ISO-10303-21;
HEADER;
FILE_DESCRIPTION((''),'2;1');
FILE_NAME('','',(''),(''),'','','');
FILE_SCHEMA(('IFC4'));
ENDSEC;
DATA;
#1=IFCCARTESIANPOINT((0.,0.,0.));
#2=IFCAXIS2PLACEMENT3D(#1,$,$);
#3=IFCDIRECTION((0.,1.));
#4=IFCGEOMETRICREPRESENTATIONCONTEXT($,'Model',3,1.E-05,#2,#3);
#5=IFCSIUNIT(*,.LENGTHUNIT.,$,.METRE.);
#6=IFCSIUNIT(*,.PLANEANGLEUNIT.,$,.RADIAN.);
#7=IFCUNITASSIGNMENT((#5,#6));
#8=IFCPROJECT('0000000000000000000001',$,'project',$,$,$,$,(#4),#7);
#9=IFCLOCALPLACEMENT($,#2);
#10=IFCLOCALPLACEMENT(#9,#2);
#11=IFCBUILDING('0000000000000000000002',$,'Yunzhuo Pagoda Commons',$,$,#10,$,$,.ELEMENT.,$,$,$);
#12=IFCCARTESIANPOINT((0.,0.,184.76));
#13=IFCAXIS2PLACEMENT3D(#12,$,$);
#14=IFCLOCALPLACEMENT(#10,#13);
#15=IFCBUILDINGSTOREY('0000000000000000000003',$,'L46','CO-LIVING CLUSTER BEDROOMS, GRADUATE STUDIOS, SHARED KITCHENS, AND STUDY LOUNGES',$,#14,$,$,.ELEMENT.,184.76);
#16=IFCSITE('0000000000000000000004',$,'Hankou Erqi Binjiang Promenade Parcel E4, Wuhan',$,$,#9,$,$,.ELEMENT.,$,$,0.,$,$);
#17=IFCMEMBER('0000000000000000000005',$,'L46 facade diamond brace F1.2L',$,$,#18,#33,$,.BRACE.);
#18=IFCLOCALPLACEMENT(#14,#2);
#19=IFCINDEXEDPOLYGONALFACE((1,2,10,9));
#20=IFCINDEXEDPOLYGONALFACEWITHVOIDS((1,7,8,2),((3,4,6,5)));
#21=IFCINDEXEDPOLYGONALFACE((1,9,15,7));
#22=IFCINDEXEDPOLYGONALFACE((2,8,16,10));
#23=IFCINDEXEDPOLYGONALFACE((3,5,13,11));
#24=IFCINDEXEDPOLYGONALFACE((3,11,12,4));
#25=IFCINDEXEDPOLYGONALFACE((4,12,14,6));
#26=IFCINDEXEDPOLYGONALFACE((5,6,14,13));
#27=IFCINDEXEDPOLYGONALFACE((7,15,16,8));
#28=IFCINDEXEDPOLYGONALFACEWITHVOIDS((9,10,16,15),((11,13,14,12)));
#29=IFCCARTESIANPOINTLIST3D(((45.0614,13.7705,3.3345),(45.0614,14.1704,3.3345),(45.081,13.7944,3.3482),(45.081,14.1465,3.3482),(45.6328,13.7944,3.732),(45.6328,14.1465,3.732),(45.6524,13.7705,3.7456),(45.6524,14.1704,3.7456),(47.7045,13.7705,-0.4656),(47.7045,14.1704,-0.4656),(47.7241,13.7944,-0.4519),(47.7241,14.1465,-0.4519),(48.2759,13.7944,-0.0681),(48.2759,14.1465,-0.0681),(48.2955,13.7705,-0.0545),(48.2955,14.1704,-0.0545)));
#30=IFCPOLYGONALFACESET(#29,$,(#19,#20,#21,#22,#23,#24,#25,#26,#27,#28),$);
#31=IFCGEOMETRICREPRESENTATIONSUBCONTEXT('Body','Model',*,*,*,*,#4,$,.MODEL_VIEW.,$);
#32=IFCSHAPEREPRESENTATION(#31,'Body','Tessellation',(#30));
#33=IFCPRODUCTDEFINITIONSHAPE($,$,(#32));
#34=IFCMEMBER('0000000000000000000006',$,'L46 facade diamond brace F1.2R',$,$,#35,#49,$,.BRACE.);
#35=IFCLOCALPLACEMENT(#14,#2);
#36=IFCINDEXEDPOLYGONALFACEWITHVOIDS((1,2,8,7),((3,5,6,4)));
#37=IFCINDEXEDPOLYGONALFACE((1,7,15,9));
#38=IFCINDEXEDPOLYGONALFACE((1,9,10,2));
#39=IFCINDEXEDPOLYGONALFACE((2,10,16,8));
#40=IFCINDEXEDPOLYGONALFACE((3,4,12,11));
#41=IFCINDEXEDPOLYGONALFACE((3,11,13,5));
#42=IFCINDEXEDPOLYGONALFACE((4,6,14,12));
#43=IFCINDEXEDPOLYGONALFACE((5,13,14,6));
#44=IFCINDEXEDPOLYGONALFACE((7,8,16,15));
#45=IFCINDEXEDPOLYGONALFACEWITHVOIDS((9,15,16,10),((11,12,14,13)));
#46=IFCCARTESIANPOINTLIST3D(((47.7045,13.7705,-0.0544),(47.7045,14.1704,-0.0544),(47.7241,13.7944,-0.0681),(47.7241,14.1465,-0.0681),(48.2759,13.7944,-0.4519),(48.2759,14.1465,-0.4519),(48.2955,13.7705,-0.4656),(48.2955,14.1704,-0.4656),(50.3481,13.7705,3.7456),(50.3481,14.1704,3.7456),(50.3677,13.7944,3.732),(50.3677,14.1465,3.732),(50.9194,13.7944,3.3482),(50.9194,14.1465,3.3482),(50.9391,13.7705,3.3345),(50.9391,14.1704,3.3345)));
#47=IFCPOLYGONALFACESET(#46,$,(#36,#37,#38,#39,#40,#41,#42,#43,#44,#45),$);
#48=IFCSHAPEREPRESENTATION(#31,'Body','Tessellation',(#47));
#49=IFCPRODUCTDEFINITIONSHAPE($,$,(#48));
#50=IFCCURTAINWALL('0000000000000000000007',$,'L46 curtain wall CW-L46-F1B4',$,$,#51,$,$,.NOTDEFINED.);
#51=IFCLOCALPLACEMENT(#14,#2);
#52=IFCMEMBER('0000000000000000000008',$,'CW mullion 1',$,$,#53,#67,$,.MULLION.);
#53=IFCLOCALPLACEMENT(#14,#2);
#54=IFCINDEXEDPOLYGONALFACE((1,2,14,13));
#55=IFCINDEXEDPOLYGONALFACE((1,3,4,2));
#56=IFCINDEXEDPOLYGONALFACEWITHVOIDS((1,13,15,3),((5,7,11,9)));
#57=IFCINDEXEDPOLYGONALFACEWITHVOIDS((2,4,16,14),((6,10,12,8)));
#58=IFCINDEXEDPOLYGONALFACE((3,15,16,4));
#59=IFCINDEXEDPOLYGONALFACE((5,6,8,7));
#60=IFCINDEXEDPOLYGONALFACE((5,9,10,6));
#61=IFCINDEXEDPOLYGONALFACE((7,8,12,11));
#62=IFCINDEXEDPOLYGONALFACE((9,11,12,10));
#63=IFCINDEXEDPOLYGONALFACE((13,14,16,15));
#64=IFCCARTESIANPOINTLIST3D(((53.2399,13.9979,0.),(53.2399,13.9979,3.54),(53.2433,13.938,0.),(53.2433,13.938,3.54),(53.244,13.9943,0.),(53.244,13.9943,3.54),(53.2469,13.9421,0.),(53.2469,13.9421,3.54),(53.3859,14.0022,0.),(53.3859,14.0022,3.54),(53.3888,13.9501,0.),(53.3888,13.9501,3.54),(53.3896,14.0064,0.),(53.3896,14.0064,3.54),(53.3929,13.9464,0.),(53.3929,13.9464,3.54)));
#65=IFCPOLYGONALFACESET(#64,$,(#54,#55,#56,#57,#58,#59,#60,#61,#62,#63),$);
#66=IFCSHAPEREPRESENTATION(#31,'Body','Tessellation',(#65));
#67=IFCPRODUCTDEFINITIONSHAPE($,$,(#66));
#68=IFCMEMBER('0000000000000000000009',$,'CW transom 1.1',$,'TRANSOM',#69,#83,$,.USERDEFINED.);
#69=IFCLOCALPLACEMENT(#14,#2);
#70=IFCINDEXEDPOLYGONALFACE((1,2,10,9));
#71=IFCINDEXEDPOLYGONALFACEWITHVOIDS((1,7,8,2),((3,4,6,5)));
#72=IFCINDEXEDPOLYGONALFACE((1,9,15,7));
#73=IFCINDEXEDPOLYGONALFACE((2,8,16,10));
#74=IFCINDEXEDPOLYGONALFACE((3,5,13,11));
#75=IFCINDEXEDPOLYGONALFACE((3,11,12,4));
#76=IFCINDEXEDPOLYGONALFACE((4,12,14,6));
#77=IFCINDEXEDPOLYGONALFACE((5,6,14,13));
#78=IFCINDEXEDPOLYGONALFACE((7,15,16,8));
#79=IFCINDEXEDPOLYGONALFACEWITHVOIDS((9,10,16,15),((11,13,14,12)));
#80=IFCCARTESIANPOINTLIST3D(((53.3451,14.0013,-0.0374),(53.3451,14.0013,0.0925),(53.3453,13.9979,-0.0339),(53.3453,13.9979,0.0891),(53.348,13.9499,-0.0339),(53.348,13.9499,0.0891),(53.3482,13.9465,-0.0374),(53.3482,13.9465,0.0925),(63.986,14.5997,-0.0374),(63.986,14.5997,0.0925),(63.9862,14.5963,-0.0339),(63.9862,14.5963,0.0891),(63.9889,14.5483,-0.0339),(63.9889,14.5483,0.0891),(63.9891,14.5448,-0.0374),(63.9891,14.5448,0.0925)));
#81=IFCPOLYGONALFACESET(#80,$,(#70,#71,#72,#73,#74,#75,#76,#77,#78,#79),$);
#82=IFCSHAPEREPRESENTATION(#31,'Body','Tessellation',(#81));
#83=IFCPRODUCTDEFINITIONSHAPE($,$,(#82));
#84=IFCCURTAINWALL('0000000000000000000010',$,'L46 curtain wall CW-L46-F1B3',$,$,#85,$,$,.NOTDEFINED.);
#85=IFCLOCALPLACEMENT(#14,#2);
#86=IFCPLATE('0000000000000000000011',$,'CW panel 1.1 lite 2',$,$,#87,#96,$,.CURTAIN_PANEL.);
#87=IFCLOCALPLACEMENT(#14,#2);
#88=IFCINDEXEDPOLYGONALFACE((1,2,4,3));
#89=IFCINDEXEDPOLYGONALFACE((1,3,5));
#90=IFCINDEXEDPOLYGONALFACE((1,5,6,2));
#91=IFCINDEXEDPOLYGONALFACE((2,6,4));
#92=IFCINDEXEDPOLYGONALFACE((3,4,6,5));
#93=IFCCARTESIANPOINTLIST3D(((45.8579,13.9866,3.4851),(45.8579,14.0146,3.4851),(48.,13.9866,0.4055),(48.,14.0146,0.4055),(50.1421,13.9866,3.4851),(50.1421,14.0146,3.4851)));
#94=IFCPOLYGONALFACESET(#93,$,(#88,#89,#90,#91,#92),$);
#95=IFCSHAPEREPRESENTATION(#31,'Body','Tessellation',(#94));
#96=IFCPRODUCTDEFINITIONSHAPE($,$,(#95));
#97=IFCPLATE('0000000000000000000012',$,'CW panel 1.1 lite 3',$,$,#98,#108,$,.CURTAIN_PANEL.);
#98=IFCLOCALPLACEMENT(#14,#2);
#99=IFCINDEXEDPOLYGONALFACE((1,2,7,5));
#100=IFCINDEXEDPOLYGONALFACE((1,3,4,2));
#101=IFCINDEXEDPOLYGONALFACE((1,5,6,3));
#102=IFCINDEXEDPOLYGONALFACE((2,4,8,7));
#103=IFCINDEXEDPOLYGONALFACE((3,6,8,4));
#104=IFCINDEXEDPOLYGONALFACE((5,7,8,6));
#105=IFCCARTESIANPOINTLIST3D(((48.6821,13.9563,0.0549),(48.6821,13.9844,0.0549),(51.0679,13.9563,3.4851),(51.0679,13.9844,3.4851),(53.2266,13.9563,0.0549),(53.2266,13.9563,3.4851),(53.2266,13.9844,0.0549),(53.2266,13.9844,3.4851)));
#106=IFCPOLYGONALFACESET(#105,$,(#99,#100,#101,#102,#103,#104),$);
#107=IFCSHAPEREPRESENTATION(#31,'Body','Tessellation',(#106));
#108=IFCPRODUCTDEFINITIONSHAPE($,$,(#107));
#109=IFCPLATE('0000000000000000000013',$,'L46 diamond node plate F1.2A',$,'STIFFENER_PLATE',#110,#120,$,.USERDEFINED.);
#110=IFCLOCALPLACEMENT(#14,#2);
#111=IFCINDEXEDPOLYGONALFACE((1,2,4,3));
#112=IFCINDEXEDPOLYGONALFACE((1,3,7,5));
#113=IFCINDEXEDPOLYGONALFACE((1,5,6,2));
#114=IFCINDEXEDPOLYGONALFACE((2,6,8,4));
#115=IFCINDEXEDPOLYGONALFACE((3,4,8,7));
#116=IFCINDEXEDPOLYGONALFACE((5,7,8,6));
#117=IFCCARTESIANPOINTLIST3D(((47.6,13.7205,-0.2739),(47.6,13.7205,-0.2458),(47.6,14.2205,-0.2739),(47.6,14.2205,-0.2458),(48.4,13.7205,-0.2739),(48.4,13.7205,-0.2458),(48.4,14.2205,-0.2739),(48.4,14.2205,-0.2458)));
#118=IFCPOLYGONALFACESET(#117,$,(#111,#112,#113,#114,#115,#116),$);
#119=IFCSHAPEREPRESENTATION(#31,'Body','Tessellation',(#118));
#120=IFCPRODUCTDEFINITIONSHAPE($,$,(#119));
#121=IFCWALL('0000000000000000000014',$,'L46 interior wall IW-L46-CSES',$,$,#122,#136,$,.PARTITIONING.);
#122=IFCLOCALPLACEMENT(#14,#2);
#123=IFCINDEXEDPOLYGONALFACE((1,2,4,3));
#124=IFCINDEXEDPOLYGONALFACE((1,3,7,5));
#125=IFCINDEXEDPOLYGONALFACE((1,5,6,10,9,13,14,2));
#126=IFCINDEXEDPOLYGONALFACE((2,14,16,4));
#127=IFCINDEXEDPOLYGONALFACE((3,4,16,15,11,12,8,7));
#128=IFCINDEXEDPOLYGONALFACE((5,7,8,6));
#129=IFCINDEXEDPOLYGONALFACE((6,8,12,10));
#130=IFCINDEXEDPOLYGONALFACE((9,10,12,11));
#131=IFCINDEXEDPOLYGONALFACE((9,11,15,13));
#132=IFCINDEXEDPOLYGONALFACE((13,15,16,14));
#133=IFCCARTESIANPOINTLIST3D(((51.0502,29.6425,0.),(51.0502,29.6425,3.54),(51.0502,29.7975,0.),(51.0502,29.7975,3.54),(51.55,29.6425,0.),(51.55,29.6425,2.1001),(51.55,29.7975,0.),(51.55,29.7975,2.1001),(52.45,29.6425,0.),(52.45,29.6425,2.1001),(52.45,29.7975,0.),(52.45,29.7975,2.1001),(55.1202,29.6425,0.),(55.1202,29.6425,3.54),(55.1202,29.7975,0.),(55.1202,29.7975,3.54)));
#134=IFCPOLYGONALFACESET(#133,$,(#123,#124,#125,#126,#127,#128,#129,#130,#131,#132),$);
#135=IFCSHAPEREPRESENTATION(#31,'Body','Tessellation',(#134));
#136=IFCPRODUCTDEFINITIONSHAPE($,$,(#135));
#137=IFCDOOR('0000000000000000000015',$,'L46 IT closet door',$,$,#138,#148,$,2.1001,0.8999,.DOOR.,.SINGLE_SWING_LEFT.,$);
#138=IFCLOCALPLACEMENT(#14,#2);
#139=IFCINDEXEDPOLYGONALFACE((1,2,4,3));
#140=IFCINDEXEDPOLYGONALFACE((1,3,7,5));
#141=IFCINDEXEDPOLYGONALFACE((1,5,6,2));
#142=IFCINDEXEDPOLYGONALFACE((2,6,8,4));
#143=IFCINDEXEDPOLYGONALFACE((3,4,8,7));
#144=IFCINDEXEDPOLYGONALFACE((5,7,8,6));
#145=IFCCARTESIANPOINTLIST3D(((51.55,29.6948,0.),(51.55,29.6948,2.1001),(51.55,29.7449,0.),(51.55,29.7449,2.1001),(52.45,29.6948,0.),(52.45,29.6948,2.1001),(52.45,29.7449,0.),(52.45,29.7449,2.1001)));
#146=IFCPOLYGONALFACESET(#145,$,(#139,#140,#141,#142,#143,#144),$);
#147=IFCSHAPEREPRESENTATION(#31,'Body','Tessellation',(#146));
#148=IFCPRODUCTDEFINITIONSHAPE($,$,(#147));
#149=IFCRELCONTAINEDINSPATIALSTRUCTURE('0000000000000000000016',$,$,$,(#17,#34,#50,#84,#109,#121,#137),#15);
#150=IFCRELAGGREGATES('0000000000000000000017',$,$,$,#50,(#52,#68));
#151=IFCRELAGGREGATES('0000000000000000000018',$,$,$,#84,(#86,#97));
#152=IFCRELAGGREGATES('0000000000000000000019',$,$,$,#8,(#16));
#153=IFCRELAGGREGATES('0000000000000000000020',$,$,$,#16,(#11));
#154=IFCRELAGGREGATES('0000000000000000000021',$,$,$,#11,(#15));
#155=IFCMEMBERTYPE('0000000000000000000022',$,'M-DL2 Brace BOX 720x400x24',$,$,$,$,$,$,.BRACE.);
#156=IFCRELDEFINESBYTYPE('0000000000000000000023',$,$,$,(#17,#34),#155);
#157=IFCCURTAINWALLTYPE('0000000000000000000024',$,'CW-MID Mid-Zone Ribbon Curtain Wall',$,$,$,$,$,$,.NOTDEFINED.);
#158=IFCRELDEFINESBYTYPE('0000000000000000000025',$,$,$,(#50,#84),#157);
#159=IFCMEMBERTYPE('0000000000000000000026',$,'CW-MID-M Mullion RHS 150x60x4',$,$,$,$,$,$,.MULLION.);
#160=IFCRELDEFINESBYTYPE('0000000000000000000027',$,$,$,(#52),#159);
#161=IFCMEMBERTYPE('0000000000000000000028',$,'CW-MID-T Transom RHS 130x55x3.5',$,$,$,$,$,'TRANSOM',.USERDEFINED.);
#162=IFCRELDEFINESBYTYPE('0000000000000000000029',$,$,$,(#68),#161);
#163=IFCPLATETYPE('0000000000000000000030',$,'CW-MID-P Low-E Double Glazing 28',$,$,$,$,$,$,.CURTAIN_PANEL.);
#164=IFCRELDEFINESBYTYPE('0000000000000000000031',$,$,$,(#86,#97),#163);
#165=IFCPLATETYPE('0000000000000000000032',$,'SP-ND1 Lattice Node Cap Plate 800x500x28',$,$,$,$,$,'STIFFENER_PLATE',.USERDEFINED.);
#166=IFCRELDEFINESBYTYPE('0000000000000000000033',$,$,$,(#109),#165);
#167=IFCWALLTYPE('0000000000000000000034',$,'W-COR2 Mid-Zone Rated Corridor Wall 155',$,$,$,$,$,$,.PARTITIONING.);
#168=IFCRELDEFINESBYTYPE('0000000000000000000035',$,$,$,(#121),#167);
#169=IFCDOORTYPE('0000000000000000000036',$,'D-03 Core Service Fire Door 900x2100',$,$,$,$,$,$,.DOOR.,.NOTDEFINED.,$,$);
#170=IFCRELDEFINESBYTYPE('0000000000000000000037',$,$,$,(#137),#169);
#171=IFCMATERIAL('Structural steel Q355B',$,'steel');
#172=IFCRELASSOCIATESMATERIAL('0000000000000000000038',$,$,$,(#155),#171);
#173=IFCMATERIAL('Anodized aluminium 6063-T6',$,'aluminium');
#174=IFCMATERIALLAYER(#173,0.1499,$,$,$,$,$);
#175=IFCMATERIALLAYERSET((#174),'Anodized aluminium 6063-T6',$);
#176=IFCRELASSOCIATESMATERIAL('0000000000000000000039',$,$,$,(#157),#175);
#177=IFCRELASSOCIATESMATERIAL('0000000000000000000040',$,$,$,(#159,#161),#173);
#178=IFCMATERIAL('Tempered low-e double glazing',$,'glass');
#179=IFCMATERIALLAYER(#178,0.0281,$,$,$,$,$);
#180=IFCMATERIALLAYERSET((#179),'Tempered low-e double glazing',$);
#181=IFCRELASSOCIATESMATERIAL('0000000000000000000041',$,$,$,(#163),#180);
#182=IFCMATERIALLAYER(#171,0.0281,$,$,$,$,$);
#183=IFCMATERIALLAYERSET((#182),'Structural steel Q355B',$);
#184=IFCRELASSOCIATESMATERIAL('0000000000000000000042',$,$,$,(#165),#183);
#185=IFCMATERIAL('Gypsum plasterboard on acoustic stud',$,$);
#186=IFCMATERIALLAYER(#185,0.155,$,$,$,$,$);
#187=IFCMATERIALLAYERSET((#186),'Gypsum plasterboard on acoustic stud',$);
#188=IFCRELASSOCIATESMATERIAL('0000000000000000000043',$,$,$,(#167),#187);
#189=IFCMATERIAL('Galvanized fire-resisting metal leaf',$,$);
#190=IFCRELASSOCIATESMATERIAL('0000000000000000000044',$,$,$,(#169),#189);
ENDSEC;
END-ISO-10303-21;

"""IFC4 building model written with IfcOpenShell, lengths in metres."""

from ifc_helpers import new_model, si_unit, direction, frame, frame_2d, origin, origin_with_axes, origin_2d, place, context, subcontext, project, spatial, polyline, rectangle, hollow_rectangle, outline, extrude, source, transform, mapped, material, layer, layer_set, material_profile, profile_set, type_object, element, fill, aggregate, save


model = new_model("IFC4")

# Units and contexts
model_context = context("Model", 3, precision=1e-05, world=origin(), true_north=direction((0.0, 1.0)))
body_context = subcontext(model_context, "Body", "Model", "MODEL_VIEW")
ifc_project = project(units=[si_unit("LENGTHUNIT", "METRE"), si_unit("PLANEANGLEUNIT", "RADIAN")], contexts=[model_context])

# Site, building, storey
site_placement = place(None, origin())
site = spatial("IfcSite", under=ifc_project, at=site_placement, Name="Hankou Erqi Binjiang Promenade Parcel E4, Wuhan", CompositionType="ELEMENT", RefElevation=0.0)
building_placement = place(site_placement, origin())
building = spatial("IfcBuilding", under=site, at=building_placement, Name="Yunzhuo Pagoda Commons", CompositionType="ELEMENT")
storey_placement = place(building_placement, frame((0.0, 0.0, 184.76)))
storey = spatial("IfcBuildingStorey", under=building, at=storey_placement, Name="L46", Description="CO-LIVING CLUSTER BEDROOMS, GRADUATE STUDIOS, SHARED KITCHENS, AND STUDY LOUNGES", CompositionType="ELEMENT", Elevation=184.76)

# Shared definitions
ifc_material_1 = material(Name="Structural steel Q355B", Category="steel")

# Members
ifc_material_profile_1 = material_profile(ifc_material_1, hollow_rectangle(XDim=0.3999, YDim=0.72, WallThickness=0.0239, at=origin_2d()), Name="Structural steel Q355B")
ifc_profile_set_1 = profile_set([ifc_material_profile_1], Name="Structural steel Q355B")
member_type_1 = type_object("IfcMemberType", Name="M-DL2 Brace BOX 720x400x24", PredefinedType="BRACE", material=ifc_profile_set_1)
shared_shape_1 = source(origin(), body_context, "Body", "SweptSolid", [
    extrude(hollow_rectangle(XDim=0.3999, YDim=0.72, WallThickness=0.0239, at=origin_2d()), origin(), (0.0, 0.0, 1.0), 4.6289),
])
member_1_placement = place(storey_placement, frame((48.0, 13.9705, -0.26), z_axis=(-0.571, 0.0, 0.82095), x_axis=(0.0, -1.0, 0.0)))
element("IfcMember", 1, at=member_1_placement, inside=storey, type_object=member_type_1, Name="L46 facade diamond brace F1.2L", PredefinedType="BRACE", context=body_context, shape_type="MappedRepresentation", body=[
    mapped(shared_shape_1, transform((0.0, 0.0, 0.0), scale=1.0)),
])
shared_shape_2 = source(origin(), body_context, "Body", "SweptSolid", [
    extrude(hollow_rectangle(XDim=0.3999, YDim=0.72, WallThickness=0.0239, at=origin_2d()), origin(), (0.0, 0.0, 1.0), 4.6292),
])
member_2_placement = place(storey_placement, frame((48.0, 13.9705, -0.26), z_axis=(0.571071, 0.0, 0.820901), x_axis=(0.0, 1.0, 0.0)))
element("IfcMember", 2, at=member_2_placement, inside=storey, type_object=member_type_1, Name="L46 facade diamond brace F1.2R", PredefinedType="BRACE", context=body_context, shape_type="MappedRepresentation", body=[
    mapped(shared_shape_2, transform((0.0, 0.0, 0.0), scale=1.0)),
])

# Curtain wall, members
ifc_material_2 = material(Name="Anodized aluminium 6063-T6", Category="aluminium")
ifc_layer_1 = layer(ifc_material_2, 0.1499)
ifc_layer_set_1 = layer_set([ifc_layer_1], Name="Anodized aluminium 6063-T6")
curtain_wall_type = type_object("IfcCurtainWallType", Name="CW-MID Mid-Zone Ribbon Curtain Wall", PredefinedType="NOTDEFINED", material=ifc_layer_set_1)
curtain_wall_1_placement = place(storey_placement, origin())
curtain_wall_1 = element("IfcCurtainWall", 3, at=curtain_wall_1_placement, inside=storey, type_object=curtain_wall_type, Name="L46 curtain wall CW-L46-F1B4", PredefinedType="NOTDEFINED")
ifc_material_profile_2 = material_profile(ifc_material_2, hollow_rectangle(XDim=0.0601, YDim=0.1499, WallThickness=0.0039, at=origin_2d()), Name="Anodized aluminium 6063-T6")
ifc_profile_set_2 = profile_set([ifc_material_profile_2], Name="Anodized aluminium 6063-T6")
member_type_2 = type_object("IfcMemberType", Name="CW-MID-M Mullion RHS 150x60x4", PredefinedType="MULLION", material=ifc_profile_set_2)
shared_shape_3 = source(origin(), body_context, "Body", "SweptSolid", [
    extrude(hollow_rectangle(XDim=0.0601, YDim=0.1499, WallThickness=0.0039, at=origin_2d()), origin(), (0.0, 0.0, 1.0), 3.54),
])
member_3_placement = place(storey_placement, frame((53.3164, 13.9722, 0.0), z_axis=(0.0, 0.0, 1.0), x_axis=(-0.056143, 0.998423, 0.0)))
member_3 = element("IfcMember", 4, at=member_3_placement, type_object=member_type_2, Name="CW mullion 1", PredefinedType="MULLION", context=body_context, shape_type="MappedRepresentation", body=[
    mapped(shared_shape_3, transform((0.0, 0.0, 0.0), scale=1.0)),
])
ifc_material_profile_3 = material_profile(ifc_material_2, hollow_rectangle(XDim=0.0549, YDim=0.1299, WallThickness=0.0034, at=origin_2d()), Name="Anodized aluminium 6063-T6")
ifc_profile_set_3 = profile_set([ifc_material_profile_3], Name="Anodized aluminium 6063-T6")
member_type_3 = type_object("IfcMemberType", Name="CW-MID-T Transom RHS 130x55x3.5", ElementType="TRANSOM", PredefinedType="USERDEFINED", material=ifc_profile_set_3)
shared_shape_4 = source(origin(), body_context, "Body", "SweptSolid", [
    extrude(hollow_rectangle(XDim=0.0549, YDim=0.1299, WallThickness=0.0034, at=origin_2d()), origin(), (0.0, 0.0, 1.0), 10.6577),
])
member_4_placement = place(storey_placement, frame((53.3467, 13.9739, 0.0276), z_axis=(0.998423, 0.056146, 0.0), x_axis=(-0.056146, 0.998423, 0.0)))
member_4 = element("IfcMember", 5, at=member_4_placement, type_object=member_type_3, Name="CW transom 1.1", ObjectType="TRANSOM", PredefinedType="USERDEFINED", context=body_context, shape_type="MappedRepresentation", body=[
    mapped(shared_shape_4, transform((0.0, 0.0, 0.0), scale=1.0)),
])
aggregate(curtain_wall_1, [member_3, member_4])

# Curtain wall, plates
curtain_wall_2_placement = place(storey_placement, origin())
curtain_wall_2 = element("IfcCurtainWall", 6, at=curtain_wall_2_placement, inside=storey, type_object=curtain_wall_type, Name="L46 curtain wall CW-L46-F1B3", PredefinedType="NOTDEFINED")
ifc_material_3 = material(Name="Tempered low-e double glazing", Category="glass")
ifc_layer_2 = layer(ifc_material_3, 0.0281)
ifc_layer_set_2 = layer_set([ifc_layer_2], Name="Tempered low-e double glazing")
plate_type_1 = type_object("IfcPlateType", Name="CW-MID-P Low-E Double Glazing 28", PredefinedType="CURTAIN_PANEL", material=ifc_layer_set_2)
plate_1_placement = place(storey_placement, frame((48.0, 14.0146, 1.9453), z_axis=(0.0, -1.0, 0.0), x_axis=(1.0, 0.0, 0.0)))
plate_1 = element("IfcPlate", 7, at=plate_1_placement, type_object=plate_type_1, Name="CW panel 1.1 lite 2", PredefinedType="CURTAIN_PANEL", context=body_context, shape_type="SweptSolid", body=[
    extrude(outline(polyline([(-2.1421, 1.5398), (0.0, -1.5398), (2.1421, 1.5398), (-2.1421, 1.5398)])), origin(), (0.0, 0.0, 1.0), 0.0281),
])
plate_2_placement = place(storey_placement, frame((50.9543, 13.9844, 1.77), z_axis=(0.0, -1.0, 0.0), x_axis=(1.0, 0.0, 0.0)))
plate_2 = element("IfcPlate", 8, at=plate_2_placement, type_object=plate_type_1, Name="CW panel 1.1 lite 3", PredefinedType="CURTAIN_PANEL", context=body_context, shape_type="SweptSolid", body=[
    extrude(outline(polyline([(-2.2722, -1.7151), (2.2722, -1.7151), (2.2722, 1.7151), (0.1135, 1.7151), (-2.2722, -1.7151)])), origin(), (0.0, 0.0, 1.0), 0.0281),
])
aggregate(curtain_wall_2, [plate_1, plate_2])

# Plate
ifc_layer_3 = layer(ifc_material_1, 0.0281)
ifc_layer_set_3 = layer_set([ifc_layer_3], Name="Structural steel Q355B")
plate_type_2 = type_object("IfcPlateType", Name="SP-ND1 Lattice Node Cap Plate 800x500x28", ElementType="STIFFENER_PLATE", PredefinedType="USERDEFINED", material=ifc_layer_set_3)
shared_shape_5 = source(origin(), body_context, "Body", "SweptSolid", [
    extrude(rectangle(XDim=0.8, YDim=0.5, at=origin_2d()), origin(), (0.0, 0.0, 1.0), 0.0281),
])
plate_3_placement = place(storey_placement, frame((48.0, 13.9705, -0.2739), z_axis=(0.0, 0.0, 1.0), x_axis=(1.0, 0.0, 0.0)))
element("IfcPlate", 9, at=plate_3_placement, inside=storey, type_object=plate_type_2, Name="L46 diamond node plate F1.2A", ObjectType="STIFFENER_PLATE", PredefinedType="USERDEFINED", context=body_context, shape_type="MappedRepresentation", body=[
    mapped(shared_shape_5, transform((0.0, 0.0, 0.0), scale=1.0)),
])

# Wall, opening, door
ifc_material_4 = material(Name="Gypsum plasterboard on acoustic stud")
ifc_layer_4 = layer(ifc_material_4, 0.155)
ifc_layer_set_4 = layer_set([ifc_layer_4], Name="Gypsum plasterboard on acoustic stud")
wall_type_1 = type_object("IfcWallType", Name="W-COR2 Mid-Zone Rated Corridor Wall 155", PredefinedType="PARTITIONING", material=ifc_layer_set_4)
wall_1_placement = place(storey_placement, frame((51.05, 29.72, 0.0), z_axis=(0.0, 0.0, 1.0), x_axis=(1.0, 0.0, 0.0)))
wall_1 = element("IfcWall", 10, at=wall_1_placement, inside=storey, type_object=wall_type_1, Name="L46 interior wall IW-L46-CSES", PredefinedType="PARTITIONING", context=body_context, shape_type="SweptSolid", body=[
    extrude(rectangle(XDim=4.0701, YDim=0.155, at=frame_2d((2.0352, 0.0))), origin(), (0.0, 0.0, 1.0), 3.54),
])
opening_1_placement = place(wall_1_placement, frame((0.5, 0.0, 0.0)))
opening_1 = element("IfcOpeningElement", 11, at=opening_1_placement, cuts=wall_1, PredefinedType="OPENING", context=body_context, shape_type="SweptSolid", body=[
    extrude(rectangle(XDim=0.8999, YDim=2.1001, at=frame_2d((0.45, 1.05))), frame((0.0, 0.0874, 0.0), z_axis=(0.0, -1.0, 0.0), x_axis=(1.0, 0.0, 0.0)), (0.0, 0.0, 1.0), 0.175),
])
ifc_material_5 = material(Name="Galvanized fire-resisting metal leaf")
door_type_1 = type_object("IfcDoorType", Name="D-03 Core Service Fire Door 900x2100", OperationType="NOTDEFINED", PredefinedType="DOOR", material=ifc_material_5)
shared_shape_6 = source(origin(), body_context, "Body", "SweptSolid", [
    extrude(rectangle(XDim=0.8999, YDim=2.1001, at=frame_2d((0.45, 1.05))), frame((0.0, 0.0249, 0.0), z_axis=(0.0, -1.0, 0.0), x_axis=(1.0, 0.0, 0.0)), (0.0, 0.0, 1.0), 0.05),
])
door_1_placement = place(opening_1_placement, origin_with_axes())
door_1 = element("IfcDoor", 12, at=door_1_placement, inside=storey, type_object=door_type_1, Name="L46 IT closet door", OperationType="SINGLE_SWING_LEFT", OverallHeight=2.1001, OverallWidth=0.8999, PredefinedType="DOOR", context=body_context, shape_type="MappedRepresentation", body=[
    mapped(shared_shape_6, transform((0.0, 0.0, 0.0), scale=1.0)),
])
fill(opening_1, door_1)

save(model, "model.ifc")
